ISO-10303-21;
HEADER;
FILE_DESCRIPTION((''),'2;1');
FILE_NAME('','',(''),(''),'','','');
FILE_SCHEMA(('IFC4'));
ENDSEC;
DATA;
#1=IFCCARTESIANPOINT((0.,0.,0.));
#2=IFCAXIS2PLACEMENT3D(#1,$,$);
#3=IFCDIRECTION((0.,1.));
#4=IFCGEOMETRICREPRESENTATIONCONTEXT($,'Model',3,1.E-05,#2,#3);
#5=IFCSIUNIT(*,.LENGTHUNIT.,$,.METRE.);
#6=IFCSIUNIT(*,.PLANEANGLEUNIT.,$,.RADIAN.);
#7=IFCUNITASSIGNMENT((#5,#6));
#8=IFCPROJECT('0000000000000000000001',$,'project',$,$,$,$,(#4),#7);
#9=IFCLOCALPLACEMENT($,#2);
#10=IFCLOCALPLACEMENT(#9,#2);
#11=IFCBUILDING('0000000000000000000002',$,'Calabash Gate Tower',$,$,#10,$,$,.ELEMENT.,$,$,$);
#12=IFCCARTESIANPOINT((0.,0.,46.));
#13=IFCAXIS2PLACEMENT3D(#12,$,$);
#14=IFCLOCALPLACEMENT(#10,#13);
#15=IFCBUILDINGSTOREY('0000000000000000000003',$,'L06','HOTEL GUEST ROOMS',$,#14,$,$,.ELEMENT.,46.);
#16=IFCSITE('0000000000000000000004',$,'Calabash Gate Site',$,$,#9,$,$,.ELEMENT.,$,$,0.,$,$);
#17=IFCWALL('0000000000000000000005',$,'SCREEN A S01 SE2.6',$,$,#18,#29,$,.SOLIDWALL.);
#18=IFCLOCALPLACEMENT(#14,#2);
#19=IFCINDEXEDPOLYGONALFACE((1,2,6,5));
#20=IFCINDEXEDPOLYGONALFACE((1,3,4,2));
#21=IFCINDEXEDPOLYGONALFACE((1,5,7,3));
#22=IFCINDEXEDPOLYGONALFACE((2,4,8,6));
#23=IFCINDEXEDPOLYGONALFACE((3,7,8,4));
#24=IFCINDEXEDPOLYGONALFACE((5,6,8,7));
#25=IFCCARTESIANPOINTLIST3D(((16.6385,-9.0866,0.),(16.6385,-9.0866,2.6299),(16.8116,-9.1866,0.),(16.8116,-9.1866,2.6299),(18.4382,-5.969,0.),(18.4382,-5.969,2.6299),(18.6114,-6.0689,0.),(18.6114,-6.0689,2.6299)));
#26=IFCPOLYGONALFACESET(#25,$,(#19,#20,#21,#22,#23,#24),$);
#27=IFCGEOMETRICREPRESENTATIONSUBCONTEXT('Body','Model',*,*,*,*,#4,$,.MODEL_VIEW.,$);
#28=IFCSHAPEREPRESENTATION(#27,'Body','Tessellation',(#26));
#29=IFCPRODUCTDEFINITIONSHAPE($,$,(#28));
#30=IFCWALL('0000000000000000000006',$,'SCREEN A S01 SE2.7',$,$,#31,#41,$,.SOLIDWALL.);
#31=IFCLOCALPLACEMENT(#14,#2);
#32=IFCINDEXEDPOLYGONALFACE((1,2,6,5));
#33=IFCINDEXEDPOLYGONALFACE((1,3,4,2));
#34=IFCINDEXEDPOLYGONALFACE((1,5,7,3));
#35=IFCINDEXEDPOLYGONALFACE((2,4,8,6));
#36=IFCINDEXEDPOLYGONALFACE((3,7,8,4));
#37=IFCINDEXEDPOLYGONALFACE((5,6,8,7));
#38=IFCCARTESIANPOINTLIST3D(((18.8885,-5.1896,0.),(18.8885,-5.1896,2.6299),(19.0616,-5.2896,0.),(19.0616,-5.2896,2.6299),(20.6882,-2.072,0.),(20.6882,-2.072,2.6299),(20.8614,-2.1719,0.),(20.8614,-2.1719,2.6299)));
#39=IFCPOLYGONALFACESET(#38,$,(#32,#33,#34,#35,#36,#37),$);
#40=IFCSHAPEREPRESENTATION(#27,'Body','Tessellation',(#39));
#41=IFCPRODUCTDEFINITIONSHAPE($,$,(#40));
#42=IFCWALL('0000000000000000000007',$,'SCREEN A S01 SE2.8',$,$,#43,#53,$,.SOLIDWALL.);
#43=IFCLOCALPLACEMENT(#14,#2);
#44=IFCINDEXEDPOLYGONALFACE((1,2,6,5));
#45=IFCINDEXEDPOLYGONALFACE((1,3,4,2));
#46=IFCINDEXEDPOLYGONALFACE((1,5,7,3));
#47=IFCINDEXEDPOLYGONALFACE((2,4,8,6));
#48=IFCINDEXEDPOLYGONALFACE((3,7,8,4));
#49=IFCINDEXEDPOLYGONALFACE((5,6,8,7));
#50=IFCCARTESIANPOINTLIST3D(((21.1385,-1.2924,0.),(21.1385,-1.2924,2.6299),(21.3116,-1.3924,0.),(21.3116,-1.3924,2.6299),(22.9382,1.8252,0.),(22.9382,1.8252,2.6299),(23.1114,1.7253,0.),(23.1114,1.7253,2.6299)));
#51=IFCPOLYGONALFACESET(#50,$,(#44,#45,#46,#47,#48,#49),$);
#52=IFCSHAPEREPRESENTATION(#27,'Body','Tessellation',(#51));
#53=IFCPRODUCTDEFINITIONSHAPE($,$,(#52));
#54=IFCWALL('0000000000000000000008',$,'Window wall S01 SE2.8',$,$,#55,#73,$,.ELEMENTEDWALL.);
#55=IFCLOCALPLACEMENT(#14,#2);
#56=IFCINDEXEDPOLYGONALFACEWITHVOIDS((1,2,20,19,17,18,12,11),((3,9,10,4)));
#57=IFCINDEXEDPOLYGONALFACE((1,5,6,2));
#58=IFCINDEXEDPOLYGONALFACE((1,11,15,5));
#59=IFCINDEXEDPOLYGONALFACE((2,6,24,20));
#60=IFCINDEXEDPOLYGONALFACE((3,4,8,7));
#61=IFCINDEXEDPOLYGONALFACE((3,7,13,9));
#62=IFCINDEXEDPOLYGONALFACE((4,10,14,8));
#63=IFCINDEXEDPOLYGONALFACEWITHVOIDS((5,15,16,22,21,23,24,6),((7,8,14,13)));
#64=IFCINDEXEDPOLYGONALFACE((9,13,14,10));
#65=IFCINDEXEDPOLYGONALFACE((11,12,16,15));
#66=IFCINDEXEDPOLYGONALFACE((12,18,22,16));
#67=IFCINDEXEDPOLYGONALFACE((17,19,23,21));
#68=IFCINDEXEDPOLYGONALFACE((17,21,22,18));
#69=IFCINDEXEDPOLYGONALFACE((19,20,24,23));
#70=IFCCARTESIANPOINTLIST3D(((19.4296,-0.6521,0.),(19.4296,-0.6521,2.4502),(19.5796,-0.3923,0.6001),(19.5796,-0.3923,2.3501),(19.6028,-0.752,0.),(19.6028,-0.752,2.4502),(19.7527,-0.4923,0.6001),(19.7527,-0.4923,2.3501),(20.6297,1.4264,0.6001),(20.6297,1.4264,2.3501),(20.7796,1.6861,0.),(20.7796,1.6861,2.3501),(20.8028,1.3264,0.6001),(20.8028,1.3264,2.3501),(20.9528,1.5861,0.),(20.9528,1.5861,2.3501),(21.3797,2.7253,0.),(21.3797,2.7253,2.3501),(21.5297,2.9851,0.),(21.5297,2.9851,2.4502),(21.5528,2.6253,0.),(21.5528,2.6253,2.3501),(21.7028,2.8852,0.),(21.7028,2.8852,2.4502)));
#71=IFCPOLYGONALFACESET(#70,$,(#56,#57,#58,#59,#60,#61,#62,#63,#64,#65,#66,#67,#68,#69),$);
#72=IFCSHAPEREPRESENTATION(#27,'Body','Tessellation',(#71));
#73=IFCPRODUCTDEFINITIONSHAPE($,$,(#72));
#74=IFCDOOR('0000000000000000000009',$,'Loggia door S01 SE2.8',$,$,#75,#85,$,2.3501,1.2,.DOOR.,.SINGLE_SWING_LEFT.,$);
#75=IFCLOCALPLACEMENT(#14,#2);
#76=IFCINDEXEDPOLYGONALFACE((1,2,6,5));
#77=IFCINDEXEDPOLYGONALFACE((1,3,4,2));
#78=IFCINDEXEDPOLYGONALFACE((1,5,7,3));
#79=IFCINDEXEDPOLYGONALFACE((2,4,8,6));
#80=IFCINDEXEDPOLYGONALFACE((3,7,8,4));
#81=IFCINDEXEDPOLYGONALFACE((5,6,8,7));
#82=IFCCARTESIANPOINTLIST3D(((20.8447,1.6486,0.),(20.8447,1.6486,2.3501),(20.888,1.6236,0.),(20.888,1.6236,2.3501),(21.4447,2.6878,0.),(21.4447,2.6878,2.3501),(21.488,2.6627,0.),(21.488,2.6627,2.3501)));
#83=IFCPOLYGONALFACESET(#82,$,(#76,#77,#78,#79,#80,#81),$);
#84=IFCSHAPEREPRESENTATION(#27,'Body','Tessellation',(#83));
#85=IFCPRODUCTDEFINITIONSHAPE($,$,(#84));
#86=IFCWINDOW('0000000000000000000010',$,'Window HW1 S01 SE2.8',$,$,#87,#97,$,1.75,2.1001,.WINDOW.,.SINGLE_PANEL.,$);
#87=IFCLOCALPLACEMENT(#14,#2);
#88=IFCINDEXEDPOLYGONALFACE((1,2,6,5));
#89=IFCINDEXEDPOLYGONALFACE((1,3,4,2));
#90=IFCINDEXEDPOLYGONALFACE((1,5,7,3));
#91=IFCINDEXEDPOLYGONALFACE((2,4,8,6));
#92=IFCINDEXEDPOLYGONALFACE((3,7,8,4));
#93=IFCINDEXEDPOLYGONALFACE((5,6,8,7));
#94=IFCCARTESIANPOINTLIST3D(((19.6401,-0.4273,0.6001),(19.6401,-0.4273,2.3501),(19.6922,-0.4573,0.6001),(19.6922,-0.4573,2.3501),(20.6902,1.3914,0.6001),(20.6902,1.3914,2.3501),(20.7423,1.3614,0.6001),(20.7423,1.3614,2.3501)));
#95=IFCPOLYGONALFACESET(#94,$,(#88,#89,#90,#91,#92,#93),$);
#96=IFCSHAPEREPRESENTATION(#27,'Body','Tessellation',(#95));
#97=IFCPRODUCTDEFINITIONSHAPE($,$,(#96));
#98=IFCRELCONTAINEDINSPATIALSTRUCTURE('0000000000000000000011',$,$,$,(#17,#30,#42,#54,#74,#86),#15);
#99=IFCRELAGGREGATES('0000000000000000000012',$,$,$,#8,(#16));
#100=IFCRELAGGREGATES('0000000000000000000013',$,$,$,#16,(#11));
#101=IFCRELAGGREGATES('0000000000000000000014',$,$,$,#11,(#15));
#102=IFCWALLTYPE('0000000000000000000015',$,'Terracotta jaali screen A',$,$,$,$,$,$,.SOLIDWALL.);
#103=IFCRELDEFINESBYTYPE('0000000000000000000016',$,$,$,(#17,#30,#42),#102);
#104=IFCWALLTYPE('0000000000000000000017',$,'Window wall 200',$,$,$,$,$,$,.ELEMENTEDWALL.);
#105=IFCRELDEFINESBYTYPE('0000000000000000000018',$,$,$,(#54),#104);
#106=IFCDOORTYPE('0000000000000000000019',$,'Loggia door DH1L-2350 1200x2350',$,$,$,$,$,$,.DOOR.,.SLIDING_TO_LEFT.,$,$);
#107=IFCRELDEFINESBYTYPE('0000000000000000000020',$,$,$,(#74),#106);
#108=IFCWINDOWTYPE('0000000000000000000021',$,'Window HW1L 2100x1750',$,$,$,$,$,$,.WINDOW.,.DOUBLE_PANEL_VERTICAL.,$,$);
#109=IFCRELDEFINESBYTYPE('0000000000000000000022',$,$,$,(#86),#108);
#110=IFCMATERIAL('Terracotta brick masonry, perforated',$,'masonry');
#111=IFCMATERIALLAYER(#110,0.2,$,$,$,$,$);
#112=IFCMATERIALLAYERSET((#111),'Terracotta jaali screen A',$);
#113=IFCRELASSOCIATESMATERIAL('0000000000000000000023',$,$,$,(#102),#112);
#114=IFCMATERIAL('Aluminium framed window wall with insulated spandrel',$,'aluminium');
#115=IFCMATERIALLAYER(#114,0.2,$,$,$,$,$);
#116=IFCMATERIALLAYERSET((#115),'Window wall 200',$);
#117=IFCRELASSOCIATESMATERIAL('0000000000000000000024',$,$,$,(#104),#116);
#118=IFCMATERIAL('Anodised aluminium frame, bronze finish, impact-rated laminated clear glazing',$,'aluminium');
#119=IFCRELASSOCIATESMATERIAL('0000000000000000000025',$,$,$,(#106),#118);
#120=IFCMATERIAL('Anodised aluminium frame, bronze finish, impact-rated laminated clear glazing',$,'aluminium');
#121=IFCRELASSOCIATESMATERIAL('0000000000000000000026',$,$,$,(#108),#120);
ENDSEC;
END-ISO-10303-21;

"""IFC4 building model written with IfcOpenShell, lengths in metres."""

from ifc_helpers import new_model, si_unit, direction, frame, frame_2d, origin, place, context, subcontext, project, spatial, rectangle, extrude, material, layer, layer_set, type_object, element, fill, save


model = new_model("IFC4")

# Units and contexts
model_context = context("Model", 3, precision=1e-05, world=origin(), true_north=direction((0.0, 1.0)))
body_context = subcontext(model_context, "Body", "Model", "MODEL_VIEW")
ifc_project = project(units=[si_unit("LENGTHUNIT", "METRE"), si_unit("PLANEANGLEUNIT", "RADIAN")], contexts=[model_context])

# Site, building, storey
site_placement = place(None, origin())
site = spatial("IfcSite", under=ifc_project, at=site_placement, Name="Calabash Gate Site", CompositionType="ELEMENT", RefElevation=0.0)
building_placement = place(site_placement, origin())
building = spatial("IfcBuilding", under=site, at=building_placement, Name="Calabash Gate Tower", CompositionType="ELEMENT")
storey_placement = place(building_placement, frame((0.0, 0.0, 46.0)))
storey = spatial("IfcBuildingStorey", under=building, at=storey_placement, Name="L06", Description="HOTEL GUEST ROOMS", CompositionType="ELEMENT", Elevation=46.0)

# Walls
ifc_material_1 = material(Name="Terracotta brick masonry, perforated", Category="masonry")
ifc_layer_1 = layer(ifc_material_1, 0.2)
ifc_layer_set_1 = layer_set([ifc_layer_1], Name="Terracotta jaali screen A")
wall_type_1 = type_object("IfcWallType", Name="Terracotta jaali screen A", PredefinedType="SOLIDWALL", material=ifc_layer_set_1)
for number, where, z_axis, x_axis, name in (
    (1, (16.7251, -9.1365, 0.0), (0.0, 0.0, 1.0), (0.499961, 0.866048, 0.0), "SCREEN A S01 SE2.6"),
    (2, (18.9751, -5.2395, 0.0), (0.0, 0.0, 1.0), (0.499961, 0.866048, 0.0), "SCREEN A S01 SE2.7"),
    (3, (21.2251, -1.3423, 0.0), (0.0, 0.0, 1.0), (0.499961, 0.866048, 0.0), "SCREEN A S01 SE2.8"),
):
    element("IfcWall", number, at=place(storey_placement, frame(where, z_axis=z_axis, x_axis=x_axis)), inside=storey, type_object=wall_type_1, Name=name, PredefinedType="SOLIDWALL", context=body_context, shape_type="SweptSolid", body=[
        extrude(rectangle(XDim=3.5999, YDim=0.2, at=frame_2d((1.7998, 0.0))), origin(), (0.0, 0.0, 1.0), 2.6299),
    ])

# Wall, openings, door, window
ifc_material_2 = material(Name="Aluminium framed window wall with insulated spandrel", Category="aluminium")
ifc_layer_2 = layer(ifc_material_2, 0.2)
ifc_layer_set_2 = layer_set([ifc_layer_2], Name="Window wall 200")
wall_type_2 = type_object("IfcWallType", Name="Window wall 200", PredefinedType="ELEMENTEDWALL", material=ifc_layer_set_2)
wall_1_placement = place(storey_placement, frame((19.5161, -0.7021, 0.0), z_axis=(0.0, 0.0, 1.0), x_axis=(0.500028, 0.866009, 0.0)))
wall_1 = element("IfcWall", 4, at=wall_1_placement, inside=storey, type_object=wall_type_2, Name="Window wall S01 SE2.8", PredefinedType="ELEMENTEDWALL", context=body_context, shape_type="SweptSolid", body=[
    extrude(rectangle(XDim=4.2, YDim=0.2, at=frame_2d((2.1001, 0.0))), origin(), (0.0, 0.0, 1.0), 2.4502),
])
opening_1_placement = place(wall_1_placement, frame((0.3, 0.0, 0.6001)))
opening_1 = element("IfcOpeningElement", 5, at=opening_1_placement, cuts=wall_1, PredefinedType="OPENING", context=body_context, shape_type="SweptSolid", body=[
    extrude(rectangle(XDim=2.1001, YDim=1.75, at=frame_2d((1.05, 0.875))), frame((0.0, 0.1099, 0.0), z_axis=(0.0, -1.0, 0.0), x_axis=(1.0, 0.0, 0.0)), (0.0, 0.0, 1.0), 0.22),
])
opening_2_placement = place(wall_1_placement, frame((2.7, 0.0, 0.0)))
opening_2 = element("IfcOpeningElement", 6, at=opening_2_placement, cuts=wall_1, PredefinedType="OPENING", context=body_context, shape_type="SweptSolid", body=[
    extrude(rectangle(XDim=1.2, YDim=2.3501, at=frame_2d((0.6001, 1.175))), frame((0.0, 0.1099, 0.0), z_axis=(0.0, -1.0, 0.0), x_axis=(1.0, 0.0, 0.0)), (0.0, 0.0, 1.0), 0.22),
])
ifc_material_3 = material(Name="Anodised aluminium frame, bronze finish, impact-rated laminated clear glazing", Category="aluminium")
door_type_1 = type_object("IfcDoorType", Name="Loggia door DH1L-2350 1200x2350", OperationType="SLIDING_TO_LEFT", PredefinedType="DOOR", material=ifc_material_3)
door_1_placement = place(opening_2_placement, origin())
door_1 = element("IfcDoor", 7, at=door_1_placement, inside=storey, type_object=door_type_1, Name="Loggia door S01 SE2.8", OperationType="SINGLE_SWING_LEFT", OverallHeight=2.3501, OverallWidth=1.2, PredefinedType="DOOR", context=body_context, shape_type="SweptSolid", body=[
    extrude(rectangle(XDim=1.2, YDim=2.3501, at=frame_2d((0.6001, 1.175))), frame((0.0, 0.0249, 0.0), z_axis=(0.0, -1.0, 0.0), x_axis=(1.0, 0.0, 0.0)), (0.0, 0.0, 1.0), 0.05),
])
fill(opening_2, door_1)
ifc_material_4 = material(Name="Anodised aluminium frame, bronze finish, impact-rated laminated clear glazing", Category="aluminium")
window_type_1 = type_object("IfcWindowType", Name="Window HW1L 2100x1750", PartitioningType="DOUBLE_PANEL_VERTICAL", PredefinedType="WINDOW", material=ifc_material_4)
window_1_placement = place(opening_1_placement, origin())
window_1 = element("IfcWindow", 8, at=window_1_placement, inside=storey, type_object=window_type_1, Name="Window HW1 S01 SE2.8", OverallHeight=1.75, OverallWidth=2.1001, PartitioningType="SINGLE_PANEL", PredefinedType="WINDOW", context=body_context, shape_type="SweptSolid", body=[
    extrude(rectangle(XDim=2.1001, YDim=1.75, at=frame_2d((1.05, 0.875))), frame((0.0, 0.03, 0.0), z_axis=(0.0, -1.0, 0.0), x_axis=(1.0, 0.0, 0.0)), (0.0, 0.0, 1.0), 0.0601),
])
fill(opening_1, window_1)

save(model, "model.ifc")
